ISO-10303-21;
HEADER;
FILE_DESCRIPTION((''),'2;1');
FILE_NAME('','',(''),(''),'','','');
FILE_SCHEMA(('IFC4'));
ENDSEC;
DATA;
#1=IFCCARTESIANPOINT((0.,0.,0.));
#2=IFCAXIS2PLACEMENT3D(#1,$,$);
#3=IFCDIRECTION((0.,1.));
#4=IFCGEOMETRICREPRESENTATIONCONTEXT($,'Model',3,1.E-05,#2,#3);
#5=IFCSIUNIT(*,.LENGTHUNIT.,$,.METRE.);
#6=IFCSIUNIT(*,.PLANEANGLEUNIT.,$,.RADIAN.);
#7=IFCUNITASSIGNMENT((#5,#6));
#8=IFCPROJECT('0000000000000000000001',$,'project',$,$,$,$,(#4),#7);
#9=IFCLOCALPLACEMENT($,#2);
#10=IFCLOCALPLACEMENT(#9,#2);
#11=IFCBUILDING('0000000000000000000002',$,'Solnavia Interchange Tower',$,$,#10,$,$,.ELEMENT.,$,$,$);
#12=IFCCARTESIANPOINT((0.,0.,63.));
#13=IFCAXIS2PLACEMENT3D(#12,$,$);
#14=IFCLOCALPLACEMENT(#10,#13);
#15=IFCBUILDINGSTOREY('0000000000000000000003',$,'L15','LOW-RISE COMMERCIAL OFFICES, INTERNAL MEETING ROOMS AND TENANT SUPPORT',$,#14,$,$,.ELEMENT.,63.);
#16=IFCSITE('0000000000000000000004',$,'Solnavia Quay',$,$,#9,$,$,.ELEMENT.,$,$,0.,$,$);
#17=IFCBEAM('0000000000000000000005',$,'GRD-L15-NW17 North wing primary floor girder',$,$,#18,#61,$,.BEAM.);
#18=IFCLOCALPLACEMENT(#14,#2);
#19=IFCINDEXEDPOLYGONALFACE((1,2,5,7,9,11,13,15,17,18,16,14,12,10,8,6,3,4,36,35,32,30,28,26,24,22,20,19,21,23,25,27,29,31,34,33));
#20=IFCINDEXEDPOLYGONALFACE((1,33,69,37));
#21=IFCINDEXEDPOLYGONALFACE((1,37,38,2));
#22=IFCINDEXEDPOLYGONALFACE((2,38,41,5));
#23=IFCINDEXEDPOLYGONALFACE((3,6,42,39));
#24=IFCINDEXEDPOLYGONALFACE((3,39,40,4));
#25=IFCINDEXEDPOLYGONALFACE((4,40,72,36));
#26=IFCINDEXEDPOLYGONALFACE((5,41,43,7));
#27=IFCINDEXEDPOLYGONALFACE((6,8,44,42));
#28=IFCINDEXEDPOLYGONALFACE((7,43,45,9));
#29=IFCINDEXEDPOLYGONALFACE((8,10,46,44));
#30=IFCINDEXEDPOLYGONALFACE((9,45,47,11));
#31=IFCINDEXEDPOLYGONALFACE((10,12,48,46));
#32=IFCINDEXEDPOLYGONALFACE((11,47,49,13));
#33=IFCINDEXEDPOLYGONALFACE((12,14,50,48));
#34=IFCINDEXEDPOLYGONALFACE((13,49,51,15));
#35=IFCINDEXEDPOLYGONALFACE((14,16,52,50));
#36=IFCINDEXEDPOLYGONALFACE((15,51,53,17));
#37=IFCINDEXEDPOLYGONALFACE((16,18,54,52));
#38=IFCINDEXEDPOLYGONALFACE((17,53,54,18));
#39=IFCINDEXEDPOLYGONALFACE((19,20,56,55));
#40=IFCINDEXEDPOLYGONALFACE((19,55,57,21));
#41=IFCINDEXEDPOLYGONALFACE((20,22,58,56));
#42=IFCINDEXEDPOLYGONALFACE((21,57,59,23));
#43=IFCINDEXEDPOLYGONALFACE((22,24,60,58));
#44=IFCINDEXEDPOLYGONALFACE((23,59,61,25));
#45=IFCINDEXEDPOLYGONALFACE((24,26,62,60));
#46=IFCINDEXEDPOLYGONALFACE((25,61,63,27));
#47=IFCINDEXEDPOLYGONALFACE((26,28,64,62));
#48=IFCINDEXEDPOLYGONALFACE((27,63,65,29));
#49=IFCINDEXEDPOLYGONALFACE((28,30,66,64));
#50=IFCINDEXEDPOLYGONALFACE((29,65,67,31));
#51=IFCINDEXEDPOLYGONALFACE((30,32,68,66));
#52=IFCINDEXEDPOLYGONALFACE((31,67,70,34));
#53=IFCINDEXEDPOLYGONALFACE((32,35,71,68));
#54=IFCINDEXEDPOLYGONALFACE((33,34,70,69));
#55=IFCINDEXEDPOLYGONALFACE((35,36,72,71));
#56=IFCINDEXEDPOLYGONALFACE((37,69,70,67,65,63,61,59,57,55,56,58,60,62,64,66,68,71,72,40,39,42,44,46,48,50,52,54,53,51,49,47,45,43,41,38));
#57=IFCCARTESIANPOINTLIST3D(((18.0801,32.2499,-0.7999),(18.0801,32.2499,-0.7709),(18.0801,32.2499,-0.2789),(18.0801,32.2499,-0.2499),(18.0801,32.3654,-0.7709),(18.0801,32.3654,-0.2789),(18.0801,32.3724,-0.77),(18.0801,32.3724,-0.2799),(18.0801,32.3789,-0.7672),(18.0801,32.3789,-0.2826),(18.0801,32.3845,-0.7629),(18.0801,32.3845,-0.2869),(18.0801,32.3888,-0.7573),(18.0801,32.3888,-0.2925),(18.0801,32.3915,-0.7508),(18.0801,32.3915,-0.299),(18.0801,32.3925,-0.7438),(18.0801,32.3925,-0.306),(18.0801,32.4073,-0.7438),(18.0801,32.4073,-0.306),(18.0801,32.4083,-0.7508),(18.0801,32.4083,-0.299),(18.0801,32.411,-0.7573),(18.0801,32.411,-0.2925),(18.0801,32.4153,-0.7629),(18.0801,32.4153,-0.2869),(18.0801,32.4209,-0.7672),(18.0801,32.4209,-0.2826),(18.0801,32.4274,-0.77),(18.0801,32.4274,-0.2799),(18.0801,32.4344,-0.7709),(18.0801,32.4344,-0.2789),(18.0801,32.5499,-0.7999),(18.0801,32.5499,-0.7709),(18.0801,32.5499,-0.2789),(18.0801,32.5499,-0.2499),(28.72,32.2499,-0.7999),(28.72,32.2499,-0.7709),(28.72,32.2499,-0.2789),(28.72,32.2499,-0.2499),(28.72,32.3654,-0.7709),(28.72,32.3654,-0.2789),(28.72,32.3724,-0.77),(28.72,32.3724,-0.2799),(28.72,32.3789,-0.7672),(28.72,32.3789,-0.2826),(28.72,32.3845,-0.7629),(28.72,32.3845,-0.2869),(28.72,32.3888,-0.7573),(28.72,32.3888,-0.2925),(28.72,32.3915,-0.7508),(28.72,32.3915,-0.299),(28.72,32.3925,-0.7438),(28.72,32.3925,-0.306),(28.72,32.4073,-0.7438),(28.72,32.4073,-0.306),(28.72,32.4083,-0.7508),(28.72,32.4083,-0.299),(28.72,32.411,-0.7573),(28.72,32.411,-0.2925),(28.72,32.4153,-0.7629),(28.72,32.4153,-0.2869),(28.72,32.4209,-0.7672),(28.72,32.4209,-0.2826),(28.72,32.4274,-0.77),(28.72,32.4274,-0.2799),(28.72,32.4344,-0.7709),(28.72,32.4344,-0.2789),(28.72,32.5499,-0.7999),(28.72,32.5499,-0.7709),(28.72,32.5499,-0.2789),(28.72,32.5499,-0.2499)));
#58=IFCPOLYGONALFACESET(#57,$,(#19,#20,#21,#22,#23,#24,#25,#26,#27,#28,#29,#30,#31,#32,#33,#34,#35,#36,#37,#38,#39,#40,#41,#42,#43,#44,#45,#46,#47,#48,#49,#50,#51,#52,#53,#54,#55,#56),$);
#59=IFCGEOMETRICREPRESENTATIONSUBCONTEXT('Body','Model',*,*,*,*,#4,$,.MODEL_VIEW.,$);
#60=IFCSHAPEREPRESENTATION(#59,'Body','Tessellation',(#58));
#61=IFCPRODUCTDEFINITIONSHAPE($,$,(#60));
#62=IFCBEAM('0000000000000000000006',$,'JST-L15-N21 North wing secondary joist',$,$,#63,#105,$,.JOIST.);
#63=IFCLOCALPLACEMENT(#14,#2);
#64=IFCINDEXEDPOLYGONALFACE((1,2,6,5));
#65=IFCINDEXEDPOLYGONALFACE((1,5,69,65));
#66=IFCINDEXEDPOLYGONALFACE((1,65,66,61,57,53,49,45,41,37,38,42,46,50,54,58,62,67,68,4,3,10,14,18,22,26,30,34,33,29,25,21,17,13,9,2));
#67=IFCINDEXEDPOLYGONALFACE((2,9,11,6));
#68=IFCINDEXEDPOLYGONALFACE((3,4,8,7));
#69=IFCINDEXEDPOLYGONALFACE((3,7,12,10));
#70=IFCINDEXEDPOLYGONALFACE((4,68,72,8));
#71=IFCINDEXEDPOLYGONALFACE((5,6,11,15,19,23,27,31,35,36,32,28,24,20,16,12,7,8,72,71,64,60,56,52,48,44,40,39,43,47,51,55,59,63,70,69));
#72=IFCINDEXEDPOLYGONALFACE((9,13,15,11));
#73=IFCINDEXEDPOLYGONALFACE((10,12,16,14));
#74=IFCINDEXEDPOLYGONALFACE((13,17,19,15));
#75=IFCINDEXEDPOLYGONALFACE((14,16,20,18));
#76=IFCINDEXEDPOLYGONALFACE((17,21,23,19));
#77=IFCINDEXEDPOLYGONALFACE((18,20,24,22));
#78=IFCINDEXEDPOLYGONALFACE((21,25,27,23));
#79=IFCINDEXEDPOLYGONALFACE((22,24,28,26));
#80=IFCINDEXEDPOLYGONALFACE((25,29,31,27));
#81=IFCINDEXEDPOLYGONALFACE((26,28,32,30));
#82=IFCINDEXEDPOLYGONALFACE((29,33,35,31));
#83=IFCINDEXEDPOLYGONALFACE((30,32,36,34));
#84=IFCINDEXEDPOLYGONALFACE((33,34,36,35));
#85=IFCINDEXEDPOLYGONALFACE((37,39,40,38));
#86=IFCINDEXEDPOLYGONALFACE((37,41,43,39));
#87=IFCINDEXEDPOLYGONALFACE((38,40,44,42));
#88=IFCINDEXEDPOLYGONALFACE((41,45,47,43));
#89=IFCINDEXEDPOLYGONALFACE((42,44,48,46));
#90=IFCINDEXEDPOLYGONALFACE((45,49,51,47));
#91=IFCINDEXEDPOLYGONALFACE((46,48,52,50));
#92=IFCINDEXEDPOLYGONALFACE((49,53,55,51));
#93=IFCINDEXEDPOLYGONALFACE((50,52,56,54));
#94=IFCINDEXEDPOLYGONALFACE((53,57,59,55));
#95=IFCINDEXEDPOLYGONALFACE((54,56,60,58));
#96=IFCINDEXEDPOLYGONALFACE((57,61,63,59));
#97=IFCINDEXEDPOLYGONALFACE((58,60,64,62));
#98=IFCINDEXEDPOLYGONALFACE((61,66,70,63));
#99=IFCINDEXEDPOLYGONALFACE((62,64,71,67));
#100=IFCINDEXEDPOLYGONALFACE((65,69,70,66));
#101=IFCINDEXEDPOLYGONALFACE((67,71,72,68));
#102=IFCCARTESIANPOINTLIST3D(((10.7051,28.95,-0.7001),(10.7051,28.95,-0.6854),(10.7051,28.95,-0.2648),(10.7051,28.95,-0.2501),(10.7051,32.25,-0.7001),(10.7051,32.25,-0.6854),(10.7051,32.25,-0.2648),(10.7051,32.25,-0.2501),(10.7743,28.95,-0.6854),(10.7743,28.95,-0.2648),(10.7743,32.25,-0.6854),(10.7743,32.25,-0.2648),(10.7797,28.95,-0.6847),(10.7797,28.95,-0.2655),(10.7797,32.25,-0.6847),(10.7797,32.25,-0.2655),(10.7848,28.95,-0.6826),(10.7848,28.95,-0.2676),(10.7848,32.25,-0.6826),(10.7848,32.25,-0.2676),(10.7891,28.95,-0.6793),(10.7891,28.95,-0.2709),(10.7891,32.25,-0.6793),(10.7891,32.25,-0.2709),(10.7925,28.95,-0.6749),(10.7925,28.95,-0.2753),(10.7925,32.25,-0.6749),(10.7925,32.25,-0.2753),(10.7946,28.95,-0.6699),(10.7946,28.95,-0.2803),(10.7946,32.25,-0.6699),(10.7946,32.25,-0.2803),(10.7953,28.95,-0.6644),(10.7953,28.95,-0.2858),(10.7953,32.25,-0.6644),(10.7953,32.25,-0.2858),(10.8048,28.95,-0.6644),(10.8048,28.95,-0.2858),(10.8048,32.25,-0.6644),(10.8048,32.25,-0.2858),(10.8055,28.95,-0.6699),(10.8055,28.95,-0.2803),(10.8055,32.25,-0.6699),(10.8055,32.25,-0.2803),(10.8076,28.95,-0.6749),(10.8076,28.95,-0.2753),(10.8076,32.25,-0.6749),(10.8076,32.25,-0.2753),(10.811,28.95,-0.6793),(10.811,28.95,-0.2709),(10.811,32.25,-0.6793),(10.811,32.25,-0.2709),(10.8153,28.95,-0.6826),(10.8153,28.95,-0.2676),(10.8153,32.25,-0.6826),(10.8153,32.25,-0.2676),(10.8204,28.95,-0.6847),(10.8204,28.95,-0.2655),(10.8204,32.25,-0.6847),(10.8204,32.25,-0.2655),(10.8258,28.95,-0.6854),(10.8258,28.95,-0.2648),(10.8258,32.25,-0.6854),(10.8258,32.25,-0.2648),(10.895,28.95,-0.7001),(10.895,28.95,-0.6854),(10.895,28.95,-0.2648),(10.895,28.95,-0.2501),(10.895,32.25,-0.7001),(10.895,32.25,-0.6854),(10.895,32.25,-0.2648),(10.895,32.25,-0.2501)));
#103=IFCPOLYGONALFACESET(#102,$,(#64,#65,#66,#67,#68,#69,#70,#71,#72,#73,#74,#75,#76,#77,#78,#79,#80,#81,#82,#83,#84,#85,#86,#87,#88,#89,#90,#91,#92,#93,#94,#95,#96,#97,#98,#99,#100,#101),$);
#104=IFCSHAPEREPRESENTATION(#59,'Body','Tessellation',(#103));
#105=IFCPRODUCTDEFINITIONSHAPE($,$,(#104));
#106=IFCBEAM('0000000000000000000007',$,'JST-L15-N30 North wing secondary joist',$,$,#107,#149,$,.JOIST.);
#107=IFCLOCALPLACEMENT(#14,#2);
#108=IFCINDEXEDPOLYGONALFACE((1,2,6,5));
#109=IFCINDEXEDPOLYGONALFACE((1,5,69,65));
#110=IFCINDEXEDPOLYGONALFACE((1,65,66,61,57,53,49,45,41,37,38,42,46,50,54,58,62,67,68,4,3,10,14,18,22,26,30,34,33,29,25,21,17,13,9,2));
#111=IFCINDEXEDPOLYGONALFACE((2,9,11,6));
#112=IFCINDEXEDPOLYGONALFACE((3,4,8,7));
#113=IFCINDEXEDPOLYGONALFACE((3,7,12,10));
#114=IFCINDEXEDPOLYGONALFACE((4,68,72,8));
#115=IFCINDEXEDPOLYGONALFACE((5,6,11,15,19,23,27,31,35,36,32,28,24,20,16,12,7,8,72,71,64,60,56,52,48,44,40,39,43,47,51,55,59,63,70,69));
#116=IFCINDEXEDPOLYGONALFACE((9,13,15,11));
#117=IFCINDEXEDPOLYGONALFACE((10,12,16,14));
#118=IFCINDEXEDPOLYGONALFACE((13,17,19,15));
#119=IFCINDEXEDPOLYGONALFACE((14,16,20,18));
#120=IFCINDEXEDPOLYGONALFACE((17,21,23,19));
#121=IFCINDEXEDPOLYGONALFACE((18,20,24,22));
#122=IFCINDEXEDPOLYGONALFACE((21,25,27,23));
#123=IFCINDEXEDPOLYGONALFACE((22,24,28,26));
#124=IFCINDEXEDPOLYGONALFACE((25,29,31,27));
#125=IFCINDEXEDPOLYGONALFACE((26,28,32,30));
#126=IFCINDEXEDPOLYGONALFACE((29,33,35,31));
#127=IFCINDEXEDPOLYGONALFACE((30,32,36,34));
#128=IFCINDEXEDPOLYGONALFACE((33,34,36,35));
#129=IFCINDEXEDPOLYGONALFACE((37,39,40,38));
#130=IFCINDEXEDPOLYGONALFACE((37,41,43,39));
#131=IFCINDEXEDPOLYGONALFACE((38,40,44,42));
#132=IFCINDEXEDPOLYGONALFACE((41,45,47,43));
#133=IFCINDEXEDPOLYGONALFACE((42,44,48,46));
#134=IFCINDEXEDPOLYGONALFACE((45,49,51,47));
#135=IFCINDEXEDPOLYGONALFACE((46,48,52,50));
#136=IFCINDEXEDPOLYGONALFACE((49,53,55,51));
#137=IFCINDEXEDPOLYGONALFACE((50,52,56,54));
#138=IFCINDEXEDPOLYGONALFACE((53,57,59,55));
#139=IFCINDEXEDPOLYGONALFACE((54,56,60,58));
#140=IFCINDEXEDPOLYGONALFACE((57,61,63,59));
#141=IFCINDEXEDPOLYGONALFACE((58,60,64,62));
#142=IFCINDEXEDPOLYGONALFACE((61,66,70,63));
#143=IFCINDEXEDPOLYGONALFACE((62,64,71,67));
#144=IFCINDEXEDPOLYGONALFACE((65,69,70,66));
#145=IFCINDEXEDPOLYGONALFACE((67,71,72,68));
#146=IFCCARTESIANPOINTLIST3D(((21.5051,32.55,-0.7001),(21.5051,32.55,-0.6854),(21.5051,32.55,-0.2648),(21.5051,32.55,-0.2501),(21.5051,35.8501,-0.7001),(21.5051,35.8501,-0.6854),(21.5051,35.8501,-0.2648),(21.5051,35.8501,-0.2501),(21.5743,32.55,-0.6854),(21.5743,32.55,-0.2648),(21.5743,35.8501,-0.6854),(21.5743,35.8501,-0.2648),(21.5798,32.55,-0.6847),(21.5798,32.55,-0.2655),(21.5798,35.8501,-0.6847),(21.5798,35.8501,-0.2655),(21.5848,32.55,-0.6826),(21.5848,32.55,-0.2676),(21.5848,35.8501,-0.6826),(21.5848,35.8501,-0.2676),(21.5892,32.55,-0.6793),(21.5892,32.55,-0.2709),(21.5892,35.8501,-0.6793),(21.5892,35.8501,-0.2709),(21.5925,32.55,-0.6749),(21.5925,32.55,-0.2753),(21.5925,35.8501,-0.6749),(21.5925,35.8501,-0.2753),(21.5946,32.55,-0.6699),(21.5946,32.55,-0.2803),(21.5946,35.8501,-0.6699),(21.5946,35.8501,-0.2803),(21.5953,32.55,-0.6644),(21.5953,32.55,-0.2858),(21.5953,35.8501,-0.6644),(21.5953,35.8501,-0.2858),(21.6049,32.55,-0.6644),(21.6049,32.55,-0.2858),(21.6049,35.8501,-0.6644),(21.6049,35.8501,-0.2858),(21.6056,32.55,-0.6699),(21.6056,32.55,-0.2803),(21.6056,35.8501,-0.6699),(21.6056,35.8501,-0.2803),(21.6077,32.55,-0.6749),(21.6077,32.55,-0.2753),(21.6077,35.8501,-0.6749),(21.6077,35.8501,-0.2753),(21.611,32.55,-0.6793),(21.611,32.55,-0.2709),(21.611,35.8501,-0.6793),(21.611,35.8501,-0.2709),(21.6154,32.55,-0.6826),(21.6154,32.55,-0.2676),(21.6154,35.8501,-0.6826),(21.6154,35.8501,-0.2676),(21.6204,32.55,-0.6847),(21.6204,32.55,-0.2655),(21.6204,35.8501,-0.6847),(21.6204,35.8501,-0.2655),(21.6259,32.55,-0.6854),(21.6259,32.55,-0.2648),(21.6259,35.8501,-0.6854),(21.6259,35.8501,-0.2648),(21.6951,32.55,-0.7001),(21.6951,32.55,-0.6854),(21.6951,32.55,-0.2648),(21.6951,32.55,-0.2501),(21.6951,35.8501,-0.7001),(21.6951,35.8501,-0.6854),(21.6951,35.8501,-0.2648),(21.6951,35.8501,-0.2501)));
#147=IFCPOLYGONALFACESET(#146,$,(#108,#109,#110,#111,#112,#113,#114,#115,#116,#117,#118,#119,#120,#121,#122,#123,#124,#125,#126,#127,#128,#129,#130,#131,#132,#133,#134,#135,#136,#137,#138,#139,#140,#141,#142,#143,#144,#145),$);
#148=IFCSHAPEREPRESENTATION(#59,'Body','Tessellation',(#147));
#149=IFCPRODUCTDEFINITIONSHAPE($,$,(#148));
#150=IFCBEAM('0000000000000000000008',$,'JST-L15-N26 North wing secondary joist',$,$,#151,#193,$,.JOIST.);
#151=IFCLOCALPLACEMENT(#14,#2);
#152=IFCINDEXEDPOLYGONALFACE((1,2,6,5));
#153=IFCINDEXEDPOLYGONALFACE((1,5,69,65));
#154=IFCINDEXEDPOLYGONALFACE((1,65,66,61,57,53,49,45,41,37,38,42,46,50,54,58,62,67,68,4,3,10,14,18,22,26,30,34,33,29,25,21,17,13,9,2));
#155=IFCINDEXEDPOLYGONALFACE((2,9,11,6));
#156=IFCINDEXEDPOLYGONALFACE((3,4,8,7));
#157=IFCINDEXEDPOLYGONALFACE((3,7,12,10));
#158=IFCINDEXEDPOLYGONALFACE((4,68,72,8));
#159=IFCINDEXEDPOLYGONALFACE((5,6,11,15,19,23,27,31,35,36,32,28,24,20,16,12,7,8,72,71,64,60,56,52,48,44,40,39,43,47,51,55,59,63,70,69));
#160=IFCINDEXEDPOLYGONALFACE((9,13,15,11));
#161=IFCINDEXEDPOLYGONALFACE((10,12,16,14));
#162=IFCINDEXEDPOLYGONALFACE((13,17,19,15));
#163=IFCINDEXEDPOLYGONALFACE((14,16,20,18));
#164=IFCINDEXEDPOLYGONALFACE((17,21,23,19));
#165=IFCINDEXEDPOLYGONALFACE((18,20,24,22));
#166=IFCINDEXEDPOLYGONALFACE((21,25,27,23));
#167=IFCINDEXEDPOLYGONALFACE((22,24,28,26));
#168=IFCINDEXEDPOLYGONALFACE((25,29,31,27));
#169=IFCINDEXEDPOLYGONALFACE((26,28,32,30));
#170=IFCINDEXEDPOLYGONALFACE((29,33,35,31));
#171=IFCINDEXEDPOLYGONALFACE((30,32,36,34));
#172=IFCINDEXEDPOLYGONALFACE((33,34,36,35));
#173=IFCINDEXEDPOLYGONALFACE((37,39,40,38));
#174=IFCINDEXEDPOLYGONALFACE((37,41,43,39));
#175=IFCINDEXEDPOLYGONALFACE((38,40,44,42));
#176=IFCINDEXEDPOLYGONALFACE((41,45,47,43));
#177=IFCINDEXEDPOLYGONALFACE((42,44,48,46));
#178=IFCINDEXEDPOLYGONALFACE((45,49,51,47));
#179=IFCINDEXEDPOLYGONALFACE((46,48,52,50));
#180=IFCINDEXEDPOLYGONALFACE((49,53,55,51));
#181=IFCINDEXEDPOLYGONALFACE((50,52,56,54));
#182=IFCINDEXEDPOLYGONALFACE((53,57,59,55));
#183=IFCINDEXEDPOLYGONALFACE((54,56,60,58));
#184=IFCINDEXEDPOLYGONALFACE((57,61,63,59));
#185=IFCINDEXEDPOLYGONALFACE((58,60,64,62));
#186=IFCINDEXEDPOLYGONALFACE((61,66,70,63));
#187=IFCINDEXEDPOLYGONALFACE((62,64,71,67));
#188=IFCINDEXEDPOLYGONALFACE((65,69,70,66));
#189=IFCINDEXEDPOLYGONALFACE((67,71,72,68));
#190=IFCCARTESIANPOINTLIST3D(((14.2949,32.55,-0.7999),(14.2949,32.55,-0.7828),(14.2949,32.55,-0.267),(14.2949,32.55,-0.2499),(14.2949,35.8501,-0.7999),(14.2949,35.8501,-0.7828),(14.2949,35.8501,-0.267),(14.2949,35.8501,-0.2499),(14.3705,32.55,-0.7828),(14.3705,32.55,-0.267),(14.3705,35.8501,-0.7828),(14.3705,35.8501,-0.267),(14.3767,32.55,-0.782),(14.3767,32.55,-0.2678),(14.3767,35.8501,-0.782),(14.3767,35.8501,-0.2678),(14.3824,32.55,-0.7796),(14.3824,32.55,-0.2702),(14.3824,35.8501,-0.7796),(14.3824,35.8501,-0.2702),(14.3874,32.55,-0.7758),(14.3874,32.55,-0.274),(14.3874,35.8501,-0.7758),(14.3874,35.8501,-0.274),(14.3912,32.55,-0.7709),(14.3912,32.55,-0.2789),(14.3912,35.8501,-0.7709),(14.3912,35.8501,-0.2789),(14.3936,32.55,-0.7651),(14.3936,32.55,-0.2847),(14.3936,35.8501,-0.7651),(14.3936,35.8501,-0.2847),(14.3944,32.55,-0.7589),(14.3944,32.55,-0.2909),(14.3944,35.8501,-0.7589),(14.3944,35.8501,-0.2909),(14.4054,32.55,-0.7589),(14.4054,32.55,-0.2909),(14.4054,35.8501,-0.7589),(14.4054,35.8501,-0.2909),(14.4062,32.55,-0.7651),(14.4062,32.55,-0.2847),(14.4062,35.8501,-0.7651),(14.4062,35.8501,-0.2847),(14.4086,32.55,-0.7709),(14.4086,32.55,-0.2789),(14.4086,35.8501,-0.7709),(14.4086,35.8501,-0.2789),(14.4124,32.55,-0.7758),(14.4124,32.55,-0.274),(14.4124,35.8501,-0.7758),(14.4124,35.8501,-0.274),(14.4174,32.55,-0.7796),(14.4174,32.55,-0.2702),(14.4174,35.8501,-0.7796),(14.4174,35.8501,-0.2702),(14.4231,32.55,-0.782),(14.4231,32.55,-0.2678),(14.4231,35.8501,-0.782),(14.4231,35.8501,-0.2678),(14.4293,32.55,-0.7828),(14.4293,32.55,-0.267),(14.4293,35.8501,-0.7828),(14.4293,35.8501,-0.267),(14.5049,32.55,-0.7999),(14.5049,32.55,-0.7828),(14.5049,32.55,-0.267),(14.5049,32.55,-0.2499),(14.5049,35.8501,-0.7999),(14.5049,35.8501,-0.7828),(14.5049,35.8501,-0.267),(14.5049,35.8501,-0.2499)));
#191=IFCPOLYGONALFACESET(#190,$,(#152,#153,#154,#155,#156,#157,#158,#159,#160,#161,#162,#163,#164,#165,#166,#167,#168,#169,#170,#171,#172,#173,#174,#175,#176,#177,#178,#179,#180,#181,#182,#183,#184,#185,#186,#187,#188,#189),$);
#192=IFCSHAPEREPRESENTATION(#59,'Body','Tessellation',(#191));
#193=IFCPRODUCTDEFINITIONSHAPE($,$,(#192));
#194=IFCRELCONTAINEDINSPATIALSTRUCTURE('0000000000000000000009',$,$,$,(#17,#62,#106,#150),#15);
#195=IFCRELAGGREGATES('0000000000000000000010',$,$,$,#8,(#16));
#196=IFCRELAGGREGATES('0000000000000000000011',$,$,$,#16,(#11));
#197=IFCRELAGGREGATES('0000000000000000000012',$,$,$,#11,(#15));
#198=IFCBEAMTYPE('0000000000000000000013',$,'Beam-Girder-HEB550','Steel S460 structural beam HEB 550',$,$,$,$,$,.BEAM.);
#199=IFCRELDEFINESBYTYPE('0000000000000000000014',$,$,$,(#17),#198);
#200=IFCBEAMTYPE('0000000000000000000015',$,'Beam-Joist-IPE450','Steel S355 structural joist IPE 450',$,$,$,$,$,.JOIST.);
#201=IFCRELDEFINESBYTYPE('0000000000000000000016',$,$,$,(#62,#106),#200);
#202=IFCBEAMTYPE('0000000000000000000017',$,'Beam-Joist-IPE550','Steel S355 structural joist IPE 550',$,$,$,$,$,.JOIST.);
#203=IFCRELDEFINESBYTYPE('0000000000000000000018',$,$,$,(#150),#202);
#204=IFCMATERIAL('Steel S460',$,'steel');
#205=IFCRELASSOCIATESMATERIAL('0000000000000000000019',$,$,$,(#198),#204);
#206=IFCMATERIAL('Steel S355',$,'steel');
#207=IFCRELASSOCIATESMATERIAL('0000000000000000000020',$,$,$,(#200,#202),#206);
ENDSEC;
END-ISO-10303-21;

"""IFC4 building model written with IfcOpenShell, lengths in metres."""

from ifc_helpers import new_model, si_unit, direction, frame, origin, origin_2d, place, context, subcontext, project, spatial, i_section, extrude, material, material_profile, profile_set, type_object, element, save


model = new_model("IFC4")

# Units and contexts
model_context = context("Model", 3, precision=1e-05, world=origin(), true_north=direction((0.0, 1.0)))
body_context = subcontext(model_context, "Body", "Model", "MODEL_VIEW")
ifc_project = project(units=[si_unit("LENGTHUNIT", "METRE"), si_unit("PLANEANGLEUNIT", "RADIAN")], contexts=[model_context])

# Site, building, storey
site_placement = place(None, origin())
site = spatial("IfcSite", under=ifc_project, at=site_placement, Name="Solnavia Quay", CompositionType="ELEMENT", RefElevation=0.0)
building_placement = place(site_placement, origin())
building = spatial("IfcBuilding", under=site, at=building_placement, Name="Solnavia Interchange Tower", CompositionType="ELEMENT")
storey_placement = place(building_placement, frame((0.0, 0.0, 63.0)))
storey = spatial("IfcBuildingStorey", under=building, at=storey_placement, Name="L15", Description="LOW-RISE COMMERCIAL OFFICES, INTERNAL MEETING ROOMS AND TENANT SUPPORT", CompositionType="ELEMENT", Elevation=63.0)

# Shared definitions
ifc_material_1 = material(Name="Steel S355", Category="steel")

# Beams
ifc_material_2 = material(Name="Steel S460", Category="steel")
ifc_material_profile_1 = material_profile(ifc_material_2, i_section(OverallWidth=0.3, OverallDepth=0.55, WebThickness=0.0149, FlangeThickness=0.0291, FilletRadius=0.0271, at=origin_2d()), Name="HEB 550")
ifc_profile_set_1 = profile_set([ifc_material_profile_1], Name="Steel S460")
beam_type_1 = type_object("IfcBeamType", Name="Beam-Girder-HEB550", Description="Steel S460 structural beam HEB 550", PredefinedType="BEAM", material=ifc_profile_set_1)
beam_placement = place(storey_placement, frame((18.0801, 32.3999, -0.5249), z_axis=(1.0, 0.0, 0.0), x_axis=(0.0, 1.0, 0.0)))
element("IfcBeam", 1, at=beam_placement, inside=storey, type_object=beam_type_1, Name="GRD-L15-NW17 North wing primary floor girder", PredefinedType="BEAM", context=body_context, shape_type="SweptSolid", body=[
    extrude(i_section(OverallWidth=0.3, OverallDepth=0.55, WebThickness=0.0149, FlangeThickness=0.0291, FilletRadius=0.0271, at=origin_2d()), origin(), (0.0, 0.0, 1.0), 10.6399),
])
ifc_material_profile_2 = material_profile(ifc_material_1, i_section(OverallWidth=0.1899, OverallDepth=0.45, WebThickness=0.0095, FlangeThickness=0.0146, FilletRadius=0.021, at=origin_2d()), Name="IPE 450")
ifc_profile_set_2 = profile_set([ifc_material_profile_2], Name="Steel S355")
beam_type_2 = type_object("IfcBeamType", Name="Beam-Joist-IPE450", Description="Steel S355 structural joist IPE 450", PredefinedType="JOIST", material=ifc_profile_set_2)
for number, where, z_axis, x_axis, name in (
    (2, (10.8, 28.95, -0.4751), (0.0, 1.0, 0.0), (-1.0, 0.0, 0.0), "JST-L15-N21 North wing secondary joist"),
    (3, (21.6001, 32.55, -0.4751), (0.0, 1.0, 0.0), (-1.0, 0.0, 0.0), "JST-L15-N30 North wing secondary joist"),
):
    element("IfcBeam", number, at=place(storey_placement, frame(where, z_axis=z_axis, x_axis=x_axis)), inside=storey, type_object=beam_type_2, Name=name, PredefinedType="JOIST", context=body_context, shape_type="SweptSolid", body=[
        extrude(i_section(OverallWidth=0.1899, OverallDepth=0.45, WebThickness=0.0095, FlangeThickness=0.0146, FilletRadius=0.021, at=origin_2d()), origin(), (0.0, 0.0, 1.0), 3.3),
    ])
ifc_material_profile_3 = material_profile(ifc_material_1, i_section(OverallWidth=0.21, OverallDepth=0.55, WebThickness=0.011, FlangeThickness=0.0171, FilletRadius=0.0239, at=origin_2d()), Name="IPE 550")
ifc_profile_set_3 = profile_set([ifc_material_profile_3], Name="Steel S355")
beam_type_3 = type_object("IfcBeamType", Name="Beam-Joist-IPE550", Description="Steel S355 structural joist IPE 550", PredefinedType="JOIST", material=ifc_profile_set_3)
for number, where, z_axis, x_axis, name in (
    (4, (14.3999, 32.55, -0.5249), (0.0, 1.0, 0.0), (-1.0, 0.0, 0.0), "JST-L15-N26 North wing secondary joist"),
):
    element("IfcBeam", number, at=place(storey_placement, frame(where, z_axis=z_axis, x_axis=x_axis)), inside=storey, type_object=beam_type_3, Name=name, PredefinedType="JOIST", context=body_context, shape_type="SweptSolid", body=[
        extrude(i_section(OverallWidth=0.21, OverallDepth=0.55, WebThickness=0.011, FlangeThickness=0.0171, FilletRadius=0.0239, at=origin_2d()), origin(), (0.0, 0.0, 1.0), 3.3),
    ])

save(model, "model.ifc")
